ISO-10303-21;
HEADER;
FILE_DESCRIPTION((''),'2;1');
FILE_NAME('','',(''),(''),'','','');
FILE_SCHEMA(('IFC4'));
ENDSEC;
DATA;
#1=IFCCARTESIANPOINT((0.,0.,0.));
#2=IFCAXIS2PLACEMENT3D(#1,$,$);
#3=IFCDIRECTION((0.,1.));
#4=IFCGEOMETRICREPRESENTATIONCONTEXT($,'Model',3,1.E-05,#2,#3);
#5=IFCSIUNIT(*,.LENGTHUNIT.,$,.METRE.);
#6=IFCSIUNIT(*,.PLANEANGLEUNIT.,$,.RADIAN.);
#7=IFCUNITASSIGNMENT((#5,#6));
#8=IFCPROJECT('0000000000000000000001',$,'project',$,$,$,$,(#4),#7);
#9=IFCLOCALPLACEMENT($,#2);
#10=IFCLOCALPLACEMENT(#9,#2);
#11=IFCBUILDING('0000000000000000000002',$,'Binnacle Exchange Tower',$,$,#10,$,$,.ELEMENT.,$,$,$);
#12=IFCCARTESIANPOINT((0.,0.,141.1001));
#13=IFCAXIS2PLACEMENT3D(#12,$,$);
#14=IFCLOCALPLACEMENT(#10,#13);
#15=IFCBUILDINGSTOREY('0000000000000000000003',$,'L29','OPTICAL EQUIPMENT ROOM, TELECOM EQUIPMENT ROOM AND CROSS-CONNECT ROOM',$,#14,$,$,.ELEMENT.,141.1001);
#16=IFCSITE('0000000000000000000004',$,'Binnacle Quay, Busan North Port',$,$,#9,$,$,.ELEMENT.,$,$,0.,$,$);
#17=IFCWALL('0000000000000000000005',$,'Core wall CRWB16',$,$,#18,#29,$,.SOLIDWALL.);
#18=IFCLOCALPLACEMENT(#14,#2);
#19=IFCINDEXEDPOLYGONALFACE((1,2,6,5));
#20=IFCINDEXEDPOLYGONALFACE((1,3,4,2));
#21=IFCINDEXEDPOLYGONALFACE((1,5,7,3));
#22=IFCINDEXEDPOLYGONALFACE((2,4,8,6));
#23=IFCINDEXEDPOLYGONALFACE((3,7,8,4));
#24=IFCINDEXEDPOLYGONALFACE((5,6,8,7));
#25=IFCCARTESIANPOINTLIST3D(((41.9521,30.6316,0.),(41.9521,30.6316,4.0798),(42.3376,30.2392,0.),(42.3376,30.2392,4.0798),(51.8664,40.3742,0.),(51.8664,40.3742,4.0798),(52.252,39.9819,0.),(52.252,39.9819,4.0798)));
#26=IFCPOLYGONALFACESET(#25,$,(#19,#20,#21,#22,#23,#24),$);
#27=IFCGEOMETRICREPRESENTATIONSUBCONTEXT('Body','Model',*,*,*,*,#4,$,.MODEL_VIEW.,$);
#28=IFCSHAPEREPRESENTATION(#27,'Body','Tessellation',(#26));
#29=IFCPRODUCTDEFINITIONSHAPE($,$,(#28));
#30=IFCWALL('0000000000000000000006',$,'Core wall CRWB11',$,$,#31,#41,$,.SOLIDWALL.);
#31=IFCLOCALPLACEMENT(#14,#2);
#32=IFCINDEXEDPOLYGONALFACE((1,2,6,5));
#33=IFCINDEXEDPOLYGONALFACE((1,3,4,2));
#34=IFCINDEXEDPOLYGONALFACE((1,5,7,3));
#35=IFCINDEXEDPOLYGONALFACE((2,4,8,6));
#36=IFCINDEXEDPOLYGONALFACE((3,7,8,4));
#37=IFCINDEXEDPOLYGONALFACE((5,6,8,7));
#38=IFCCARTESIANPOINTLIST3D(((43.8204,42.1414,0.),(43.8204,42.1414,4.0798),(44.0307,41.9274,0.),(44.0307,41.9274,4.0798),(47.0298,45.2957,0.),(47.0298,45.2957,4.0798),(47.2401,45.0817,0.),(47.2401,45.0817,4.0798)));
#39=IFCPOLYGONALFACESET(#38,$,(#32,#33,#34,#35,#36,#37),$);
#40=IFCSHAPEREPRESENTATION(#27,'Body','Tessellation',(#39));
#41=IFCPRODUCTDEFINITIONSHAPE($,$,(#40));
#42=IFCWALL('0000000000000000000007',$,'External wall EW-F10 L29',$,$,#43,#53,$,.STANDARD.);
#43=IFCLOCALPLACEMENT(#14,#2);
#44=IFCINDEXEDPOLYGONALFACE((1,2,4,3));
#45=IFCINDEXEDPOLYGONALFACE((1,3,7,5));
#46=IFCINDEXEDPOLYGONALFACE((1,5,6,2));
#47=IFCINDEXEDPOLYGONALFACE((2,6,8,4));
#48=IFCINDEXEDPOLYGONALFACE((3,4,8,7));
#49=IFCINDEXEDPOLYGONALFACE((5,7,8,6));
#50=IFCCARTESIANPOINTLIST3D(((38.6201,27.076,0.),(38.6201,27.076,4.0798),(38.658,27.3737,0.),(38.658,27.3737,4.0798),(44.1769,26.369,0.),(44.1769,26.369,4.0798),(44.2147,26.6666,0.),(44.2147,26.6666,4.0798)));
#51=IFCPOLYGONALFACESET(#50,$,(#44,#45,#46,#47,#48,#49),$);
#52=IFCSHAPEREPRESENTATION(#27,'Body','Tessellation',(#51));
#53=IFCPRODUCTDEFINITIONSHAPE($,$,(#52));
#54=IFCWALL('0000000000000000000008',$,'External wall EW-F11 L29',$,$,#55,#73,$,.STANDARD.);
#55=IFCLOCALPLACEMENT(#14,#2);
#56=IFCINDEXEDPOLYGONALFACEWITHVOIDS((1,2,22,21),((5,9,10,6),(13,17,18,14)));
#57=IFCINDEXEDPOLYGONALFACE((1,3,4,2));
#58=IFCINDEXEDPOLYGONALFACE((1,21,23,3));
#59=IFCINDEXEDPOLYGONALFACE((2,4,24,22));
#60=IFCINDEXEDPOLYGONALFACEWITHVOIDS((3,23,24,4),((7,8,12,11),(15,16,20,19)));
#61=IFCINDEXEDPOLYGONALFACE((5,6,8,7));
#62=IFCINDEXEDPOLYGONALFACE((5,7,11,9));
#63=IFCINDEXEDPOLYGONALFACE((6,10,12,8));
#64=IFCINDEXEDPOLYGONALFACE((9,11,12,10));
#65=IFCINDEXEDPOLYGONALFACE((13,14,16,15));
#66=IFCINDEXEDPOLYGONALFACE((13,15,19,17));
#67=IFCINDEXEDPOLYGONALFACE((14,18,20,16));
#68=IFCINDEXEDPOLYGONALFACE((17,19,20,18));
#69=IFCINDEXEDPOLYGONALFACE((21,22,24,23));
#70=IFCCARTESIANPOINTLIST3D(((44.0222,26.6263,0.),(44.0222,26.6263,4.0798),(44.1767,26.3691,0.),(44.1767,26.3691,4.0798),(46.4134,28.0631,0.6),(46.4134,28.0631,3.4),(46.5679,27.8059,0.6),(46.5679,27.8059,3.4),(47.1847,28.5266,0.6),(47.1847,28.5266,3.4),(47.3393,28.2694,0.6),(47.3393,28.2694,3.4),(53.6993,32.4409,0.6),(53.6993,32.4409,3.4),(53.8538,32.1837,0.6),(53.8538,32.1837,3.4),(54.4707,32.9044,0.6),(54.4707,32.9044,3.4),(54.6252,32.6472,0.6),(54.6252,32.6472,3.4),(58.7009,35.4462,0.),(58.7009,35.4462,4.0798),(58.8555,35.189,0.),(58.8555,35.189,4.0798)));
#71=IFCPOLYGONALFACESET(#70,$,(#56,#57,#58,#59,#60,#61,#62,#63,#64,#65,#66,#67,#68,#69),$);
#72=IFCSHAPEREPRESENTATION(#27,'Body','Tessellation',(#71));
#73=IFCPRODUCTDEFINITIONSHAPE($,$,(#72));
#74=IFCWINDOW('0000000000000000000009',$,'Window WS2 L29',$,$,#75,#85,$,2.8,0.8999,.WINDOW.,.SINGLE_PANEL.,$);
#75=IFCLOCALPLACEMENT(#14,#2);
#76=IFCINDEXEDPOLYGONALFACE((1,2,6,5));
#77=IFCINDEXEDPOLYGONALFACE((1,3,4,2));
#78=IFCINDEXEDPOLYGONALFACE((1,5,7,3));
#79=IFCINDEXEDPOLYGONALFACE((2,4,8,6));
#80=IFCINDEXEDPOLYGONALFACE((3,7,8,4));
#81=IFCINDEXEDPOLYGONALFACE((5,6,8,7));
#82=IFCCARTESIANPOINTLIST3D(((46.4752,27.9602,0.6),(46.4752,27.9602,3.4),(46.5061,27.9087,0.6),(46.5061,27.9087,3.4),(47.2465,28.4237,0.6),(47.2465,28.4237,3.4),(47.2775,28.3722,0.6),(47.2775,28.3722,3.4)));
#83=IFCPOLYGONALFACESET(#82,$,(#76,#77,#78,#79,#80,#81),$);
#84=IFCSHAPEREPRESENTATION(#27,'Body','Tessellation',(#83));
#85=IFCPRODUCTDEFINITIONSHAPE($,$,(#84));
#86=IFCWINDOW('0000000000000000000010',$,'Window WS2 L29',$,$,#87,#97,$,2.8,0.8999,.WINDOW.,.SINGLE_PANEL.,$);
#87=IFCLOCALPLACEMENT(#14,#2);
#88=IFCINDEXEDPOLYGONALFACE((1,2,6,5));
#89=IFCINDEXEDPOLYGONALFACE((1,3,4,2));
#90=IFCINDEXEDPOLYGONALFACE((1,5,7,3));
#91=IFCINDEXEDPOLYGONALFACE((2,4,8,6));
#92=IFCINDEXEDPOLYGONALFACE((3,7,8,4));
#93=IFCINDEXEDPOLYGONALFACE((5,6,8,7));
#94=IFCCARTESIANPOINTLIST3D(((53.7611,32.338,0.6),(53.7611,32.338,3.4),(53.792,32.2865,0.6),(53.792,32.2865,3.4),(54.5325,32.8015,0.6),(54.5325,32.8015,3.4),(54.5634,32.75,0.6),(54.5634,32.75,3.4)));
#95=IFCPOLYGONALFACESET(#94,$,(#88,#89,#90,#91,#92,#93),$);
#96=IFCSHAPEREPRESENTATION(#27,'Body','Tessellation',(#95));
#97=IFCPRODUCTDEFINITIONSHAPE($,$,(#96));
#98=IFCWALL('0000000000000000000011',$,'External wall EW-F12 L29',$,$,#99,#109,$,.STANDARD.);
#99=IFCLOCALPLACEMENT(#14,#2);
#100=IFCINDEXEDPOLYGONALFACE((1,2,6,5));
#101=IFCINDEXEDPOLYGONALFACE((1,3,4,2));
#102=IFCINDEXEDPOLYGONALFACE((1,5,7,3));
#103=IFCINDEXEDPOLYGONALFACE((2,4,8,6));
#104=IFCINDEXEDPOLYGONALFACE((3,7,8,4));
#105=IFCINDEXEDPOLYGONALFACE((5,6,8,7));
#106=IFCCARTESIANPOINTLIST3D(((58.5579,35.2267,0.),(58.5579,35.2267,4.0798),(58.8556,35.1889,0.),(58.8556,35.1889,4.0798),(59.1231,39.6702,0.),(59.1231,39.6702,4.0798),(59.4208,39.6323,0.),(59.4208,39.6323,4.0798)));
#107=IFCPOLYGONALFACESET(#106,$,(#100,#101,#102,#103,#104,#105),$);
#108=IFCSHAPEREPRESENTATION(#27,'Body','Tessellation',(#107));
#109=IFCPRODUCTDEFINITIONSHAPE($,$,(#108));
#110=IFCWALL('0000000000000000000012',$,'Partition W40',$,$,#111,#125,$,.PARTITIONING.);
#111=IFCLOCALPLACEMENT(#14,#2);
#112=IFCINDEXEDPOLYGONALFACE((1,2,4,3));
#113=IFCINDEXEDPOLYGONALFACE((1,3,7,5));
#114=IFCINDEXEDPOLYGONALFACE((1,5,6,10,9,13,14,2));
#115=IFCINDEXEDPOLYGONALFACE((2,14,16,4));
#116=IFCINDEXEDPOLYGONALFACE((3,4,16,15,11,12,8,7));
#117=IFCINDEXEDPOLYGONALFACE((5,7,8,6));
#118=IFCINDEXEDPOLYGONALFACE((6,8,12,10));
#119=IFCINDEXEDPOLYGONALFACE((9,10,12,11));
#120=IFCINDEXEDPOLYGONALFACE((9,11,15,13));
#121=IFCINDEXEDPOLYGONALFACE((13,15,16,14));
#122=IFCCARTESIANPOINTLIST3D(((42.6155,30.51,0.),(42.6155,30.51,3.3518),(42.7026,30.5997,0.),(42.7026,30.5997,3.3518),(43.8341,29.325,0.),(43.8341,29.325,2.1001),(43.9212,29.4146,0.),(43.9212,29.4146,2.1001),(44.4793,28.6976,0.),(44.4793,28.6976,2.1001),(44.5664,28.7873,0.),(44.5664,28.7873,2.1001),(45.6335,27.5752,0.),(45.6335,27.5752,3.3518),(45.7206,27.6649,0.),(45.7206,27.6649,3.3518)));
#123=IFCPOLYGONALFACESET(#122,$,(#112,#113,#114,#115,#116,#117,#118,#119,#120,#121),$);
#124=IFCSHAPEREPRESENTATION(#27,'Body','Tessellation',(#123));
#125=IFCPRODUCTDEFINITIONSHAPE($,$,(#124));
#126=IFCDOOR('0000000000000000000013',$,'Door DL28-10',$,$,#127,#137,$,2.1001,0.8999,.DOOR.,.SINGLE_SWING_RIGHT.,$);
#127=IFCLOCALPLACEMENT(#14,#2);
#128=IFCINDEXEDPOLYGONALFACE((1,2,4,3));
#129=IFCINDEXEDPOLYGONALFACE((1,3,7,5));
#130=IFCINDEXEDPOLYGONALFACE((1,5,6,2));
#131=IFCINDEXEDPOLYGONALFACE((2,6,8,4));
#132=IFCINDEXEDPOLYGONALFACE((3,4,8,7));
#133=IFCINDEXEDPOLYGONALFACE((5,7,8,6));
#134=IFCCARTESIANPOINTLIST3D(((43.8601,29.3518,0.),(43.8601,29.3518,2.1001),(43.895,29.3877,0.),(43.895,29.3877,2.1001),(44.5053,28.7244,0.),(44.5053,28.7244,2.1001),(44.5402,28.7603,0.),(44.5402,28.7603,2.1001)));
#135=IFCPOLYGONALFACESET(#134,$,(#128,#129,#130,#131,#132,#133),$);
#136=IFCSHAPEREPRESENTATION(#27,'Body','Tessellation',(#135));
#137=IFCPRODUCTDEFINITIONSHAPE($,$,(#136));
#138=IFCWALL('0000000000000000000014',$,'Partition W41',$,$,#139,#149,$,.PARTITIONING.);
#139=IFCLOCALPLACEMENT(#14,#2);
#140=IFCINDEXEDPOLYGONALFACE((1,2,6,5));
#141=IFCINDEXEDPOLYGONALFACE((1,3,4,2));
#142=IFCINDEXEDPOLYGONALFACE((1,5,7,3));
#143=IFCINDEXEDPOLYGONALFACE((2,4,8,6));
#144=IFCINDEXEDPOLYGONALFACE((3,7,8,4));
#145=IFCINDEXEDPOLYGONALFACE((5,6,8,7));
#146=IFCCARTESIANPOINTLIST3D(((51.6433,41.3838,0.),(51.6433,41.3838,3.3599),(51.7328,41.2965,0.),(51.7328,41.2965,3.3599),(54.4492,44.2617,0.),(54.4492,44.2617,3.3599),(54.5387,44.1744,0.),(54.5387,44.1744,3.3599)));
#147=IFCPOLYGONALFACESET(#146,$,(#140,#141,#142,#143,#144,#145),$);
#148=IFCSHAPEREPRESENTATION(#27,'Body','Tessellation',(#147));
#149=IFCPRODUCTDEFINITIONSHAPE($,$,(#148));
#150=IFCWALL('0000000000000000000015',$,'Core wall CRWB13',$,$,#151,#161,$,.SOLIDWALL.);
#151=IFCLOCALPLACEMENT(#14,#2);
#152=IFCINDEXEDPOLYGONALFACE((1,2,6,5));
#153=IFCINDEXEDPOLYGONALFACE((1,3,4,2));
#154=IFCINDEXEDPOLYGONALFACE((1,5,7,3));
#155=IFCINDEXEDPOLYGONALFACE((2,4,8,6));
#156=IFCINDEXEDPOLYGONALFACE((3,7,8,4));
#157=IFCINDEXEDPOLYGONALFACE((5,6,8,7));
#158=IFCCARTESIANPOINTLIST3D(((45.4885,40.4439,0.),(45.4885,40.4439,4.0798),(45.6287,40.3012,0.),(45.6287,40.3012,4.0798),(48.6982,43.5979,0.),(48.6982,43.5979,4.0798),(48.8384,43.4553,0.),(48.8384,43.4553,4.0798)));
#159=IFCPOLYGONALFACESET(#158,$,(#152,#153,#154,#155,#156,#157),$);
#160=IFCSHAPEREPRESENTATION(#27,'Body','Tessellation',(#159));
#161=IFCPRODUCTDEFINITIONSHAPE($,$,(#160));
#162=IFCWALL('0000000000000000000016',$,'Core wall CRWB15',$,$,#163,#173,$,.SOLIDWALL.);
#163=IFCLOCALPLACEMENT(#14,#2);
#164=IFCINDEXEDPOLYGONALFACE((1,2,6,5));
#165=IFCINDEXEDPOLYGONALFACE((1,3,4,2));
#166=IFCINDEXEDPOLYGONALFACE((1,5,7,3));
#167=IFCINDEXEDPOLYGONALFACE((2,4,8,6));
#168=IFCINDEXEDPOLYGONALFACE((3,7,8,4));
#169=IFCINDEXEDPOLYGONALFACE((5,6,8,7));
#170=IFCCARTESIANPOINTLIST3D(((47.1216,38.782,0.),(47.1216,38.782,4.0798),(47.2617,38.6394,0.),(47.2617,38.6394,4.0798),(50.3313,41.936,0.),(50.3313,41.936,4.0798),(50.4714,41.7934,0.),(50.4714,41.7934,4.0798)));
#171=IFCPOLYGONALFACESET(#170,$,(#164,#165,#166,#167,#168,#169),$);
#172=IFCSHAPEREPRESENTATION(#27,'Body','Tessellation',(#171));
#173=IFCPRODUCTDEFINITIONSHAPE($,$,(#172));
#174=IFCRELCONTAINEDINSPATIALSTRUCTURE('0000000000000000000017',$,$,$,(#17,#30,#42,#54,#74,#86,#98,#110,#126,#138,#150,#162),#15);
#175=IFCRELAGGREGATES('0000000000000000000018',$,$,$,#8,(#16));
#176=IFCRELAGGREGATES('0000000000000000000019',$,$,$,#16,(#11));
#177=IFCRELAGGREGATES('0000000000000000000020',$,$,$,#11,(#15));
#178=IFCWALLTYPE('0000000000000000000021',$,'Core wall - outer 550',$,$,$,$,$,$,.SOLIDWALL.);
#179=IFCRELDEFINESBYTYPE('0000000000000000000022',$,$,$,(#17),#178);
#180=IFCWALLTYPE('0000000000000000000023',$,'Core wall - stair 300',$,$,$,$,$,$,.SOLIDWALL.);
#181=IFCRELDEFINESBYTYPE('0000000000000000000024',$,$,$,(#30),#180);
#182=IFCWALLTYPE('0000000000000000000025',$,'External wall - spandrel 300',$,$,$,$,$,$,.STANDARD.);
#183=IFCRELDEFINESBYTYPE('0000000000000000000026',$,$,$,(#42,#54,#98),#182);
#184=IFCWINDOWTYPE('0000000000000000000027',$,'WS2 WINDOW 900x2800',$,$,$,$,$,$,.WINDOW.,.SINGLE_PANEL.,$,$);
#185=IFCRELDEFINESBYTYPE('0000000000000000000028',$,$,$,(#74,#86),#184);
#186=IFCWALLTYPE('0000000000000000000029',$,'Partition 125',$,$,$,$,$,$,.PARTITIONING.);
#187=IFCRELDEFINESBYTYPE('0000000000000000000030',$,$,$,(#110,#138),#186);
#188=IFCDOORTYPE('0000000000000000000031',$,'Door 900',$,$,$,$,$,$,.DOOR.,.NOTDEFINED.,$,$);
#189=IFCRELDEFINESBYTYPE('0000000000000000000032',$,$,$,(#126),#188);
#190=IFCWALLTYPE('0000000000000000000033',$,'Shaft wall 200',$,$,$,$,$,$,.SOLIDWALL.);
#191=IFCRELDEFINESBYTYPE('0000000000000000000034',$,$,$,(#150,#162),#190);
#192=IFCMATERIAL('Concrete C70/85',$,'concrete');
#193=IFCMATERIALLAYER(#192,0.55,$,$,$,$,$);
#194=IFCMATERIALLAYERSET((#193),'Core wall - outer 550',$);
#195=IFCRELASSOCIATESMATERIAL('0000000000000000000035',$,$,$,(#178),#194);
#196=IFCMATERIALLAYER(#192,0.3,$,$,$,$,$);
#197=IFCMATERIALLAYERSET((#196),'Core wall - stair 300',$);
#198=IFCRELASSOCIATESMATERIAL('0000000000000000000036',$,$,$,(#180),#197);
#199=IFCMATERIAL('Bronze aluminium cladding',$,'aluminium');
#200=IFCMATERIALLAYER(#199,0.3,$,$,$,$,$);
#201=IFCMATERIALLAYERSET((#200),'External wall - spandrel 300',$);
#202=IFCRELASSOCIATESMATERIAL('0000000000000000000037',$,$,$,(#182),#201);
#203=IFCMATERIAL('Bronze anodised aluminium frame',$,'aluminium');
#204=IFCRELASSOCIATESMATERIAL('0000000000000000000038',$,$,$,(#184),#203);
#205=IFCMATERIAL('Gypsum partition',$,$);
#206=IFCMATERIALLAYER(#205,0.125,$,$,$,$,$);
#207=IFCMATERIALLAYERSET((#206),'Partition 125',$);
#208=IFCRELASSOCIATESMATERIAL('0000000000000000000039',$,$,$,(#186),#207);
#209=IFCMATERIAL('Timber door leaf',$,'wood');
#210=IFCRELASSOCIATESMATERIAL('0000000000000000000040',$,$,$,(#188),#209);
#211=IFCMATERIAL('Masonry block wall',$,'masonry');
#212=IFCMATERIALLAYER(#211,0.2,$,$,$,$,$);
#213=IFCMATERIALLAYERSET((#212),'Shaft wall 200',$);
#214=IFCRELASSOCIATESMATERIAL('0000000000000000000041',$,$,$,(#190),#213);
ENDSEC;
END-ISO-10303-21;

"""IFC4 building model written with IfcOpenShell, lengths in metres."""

from ifc_helpers import new_model, si_unit, direction, frame, frame_2d, origin, place, context, subcontext, project, spatial, rectangle, extrude, material, layer, layer_set, type_object, element, fill, save


model = new_model("IFC4")

# Units and contexts
model_context = context("Model", 3, precision=1e-05, world=origin(), true_north=direction((0.0, 1.0)))
body_context = subcontext(model_context, "Body", "Model", "MODEL_VIEW")
ifc_project = project(units=[si_unit("LENGTHUNIT", "METRE"), si_unit("PLANEANGLEUNIT", "RADIAN")], contexts=[model_context])

# Site, building, storey
site_placement = place(None, origin())
site = spatial("IfcSite", under=ifc_project, at=site_placement, Name="Binnacle Quay, Busan North Port", CompositionType="ELEMENT", RefElevation=0.0)
building_placement = place(site_placement, origin())
building = spatial("IfcBuilding", under=site, at=building_placement, Name="Binnacle Exchange Tower", CompositionType="ELEMENT")
storey_placement = place(building_placement, frame((0.0, 0.0, 141.1001)))
storey = spatial("IfcBuildingStorey", under=building, at=storey_placement, Name="L29", Description="OPTICAL EQUIPMENT ROOM, TELECOM EQUIPMENT ROOM AND CROSS-CONNECT ROOM", CompositionType="ELEMENT", Elevation=141.1001)

# Shared definitions
ifc_material_1 = material(Name="Concrete C70/85", Category="concrete")

# Walls
ifc_layer_1 = layer(ifc_material_1, 0.55)
ifc_layer_set_1 = layer_set([ifc_layer_1], Name="Core wall - outer 550")
wall_type_1 = type_object("IfcWallType", Name="Core wall - outer 550", PredefinedType="SOLIDWALL", material=ifc_layer_set_1)
wall_1_placement = place(storey_placement, frame((42.1448, 30.4353, 0.0), z_axis=(0.0, 0.0, 1.0), x_axis=(0.713254, 0.700906, 0.0)))
element("IfcWall", 1, at=wall_1_placement, inside=storey, type_object=wall_type_1, Name="Core wall CRWB16", PredefinedType="SOLIDWALL", context=body_context, shape_type="SweptSolid", body=[
    extrude(rectangle(XDim=13.9001, YDim=0.55, at=frame_2d((6.9502, 0.0))), origin(), (0.0, 0.0, 1.0), 4.0798),
])
ifc_layer_2 = layer(ifc_material_1, 0.3)
ifc_layer_set_2 = layer_set([ifc_layer_2], Name="Core wall - stair 300")
wall_type_2 = type_object("IfcWallType", Name="Core wall - stair 300", PredefinedType="SOLIDWALL", material=ifc_layer_set_2)
wall_2_placement = place(storey_placement, frame((43.9255, 42.0344, 0.0), z_axis=(0.0, 0.0, 1.0), x_axis=(0.713211, 0.70095, 0.0)))
element("IfcWall", 2, at=wall_2_placement, inside=storey, type_object=wall_type_2, Name="Core wall CRWB11", PredefinedType="SOLIDWALL", context=body_context, shape_type="SweptSolid", body=[
    extrude(rectangle(XDim=4.5, YDim=0.3, at=frame_2d((2.25, 0.0))), origin(), (0.0, 0.0, 1.0), 4.0798),
])
ifc_material_2 = material(Name="Bronze aluminium cladding", Category="aluminium")
ifc_layer_3 = layer(ifc_material_2, 0.3)
ifc_layer_set_3 = layer_set([ifc_layer_3], Name="External wall - spandrel 300")
wall_type_3 = type_object("IfcWallType", Name="External wall - spandrel 300", PredefinedType="STANDARD", material=ifc_layer_set_3)
wall_3_placement = place(storey_placement, frame((44.1958, 26.5178, 0.0), z_axis=(0.0, 0.0, 1.0), x_axis=(-0.992002, 0.126223, 0.0)))
element("IfcWall", 3, at=wall_3_placement, inside=storey, type_object=wall_type_3, Name="External wall EW-F10 L29", PredefinedType="STANDARD", context=body_context, shape_type="SweptSolid", body=[
    extrude(rectangle(XDim=5.6016, YDim=0.3, at=frame_2d((2.8008, 0.0))), origin(), (0.0, 0.0, 1.0), 4.0798),
])

# Wall, openings, windows
wall_4_placement = place(storey_placement, frame((58.7783, 35.3176, 0.0), z_axis=(0.0, 0.0, 1.0), x_axis=(-0.857168, -0.515037, 0.0)))
wall_4 = element("IfcWall", 4, at=wall_4_placement, inside=storey, type_object=wall_type_3, Name="External wall EW-F11 L29", PredefinedType="STANDARD", context=body_context, shape_type="SweptSolid", body=[
    extrude(rectangle(XDim=17.1248, YDim=0.3, at=frame_2d((8.5625, 0.0))), origin(), (0.0, 0.0, 1.0), 4.0798),
])
opening_1_placement = place(wall_4_placement, frame((13.4353, 0.0, 0.6001)))
opening_1 = element("IfcOpeningElement", 5, at=opening_1_placement, cuts=wall_4, PredefinedType="OPENING", context=body_context, shape_type="SweptSolid", body=[
    extrude(rectangle(XDim=0.8999, YDim=2.8, at=frame_2d((0.45, 1.3999))), frame((0.0, 0.1599, 0.0), z_axis=(0.0, -1.0, 0.0), x_axis=(1.0, 0.0, 0.0)), (0.0, 0.0, 1.0), 0.3201),
])
opening_2_placement = place(wall_4_placement, frame((4.9353, 0.0, 0.6001)))
opening_2 = element("IfcOpeningElement", 6, at=opening_2_placement, cuts=wall_4, PredefinedType="OPENING", context=body_context, shape_type="SweptSolid", body=[
    extrude(rectangle(XDim=0.8999, YDim=2.8, at=frame_2d((0.45, 1.3999))), frame((0.0, 0.1599, 0.0), z_axis=(0.0, -1.0, 0.0), x_axis=(1.0, 0.0, 0.0)), (0.0, 0.0, 1.0), 0.3201),
])
ifc_material_3 = material(Name="Bronze anodised aluminium frame", Category="aluminium")
window_type = type_object("IfcWindowType", Name="WS2 WINDOW 900x2800", PartitioningType="SINGLE_PANEL", PredefinedType="WINDOW", material=ifc_material_3)
window_1_placement = place(opening_1_placement, origin())
window_1 = element("IfcWindow", 7, at=window_1_placement, inside=storey, type_object=window_type, Name="Window WS2 L29", OverallHeight=2.8, OverallWidth=0.8999, PartitioningType="SINGLE_PANEL", PredefinedType="WINDOW", context=body_context, shape_type="SweptSolid", body=[
    extrude(rectangle(XDim=0.8999, YDim=2.8, at=frame_2d((0.45, 1.3999))), frame((0.0, 0.03, 0.0), z_axis=(0.0, -1.0, 0.0), x_axis=(1.0, 0.0, 0.0)), (0.0, 0.0, 1.0), 0.0601),
])
fill(opening_1, window_1)
window_2_placement = place(opening_2_placement, origin())
window_2 = element("IfcWindow", 8, at=window_2_placement, inside=storey, type_object=window_type, Name="Window WS2 L29", OverallHeight=2.8, OverallWidth=0.8999, PartitioningType="SINGLE_PANEL", PredefinedType="WINDOW", context=body_context, shape_type="SweptSolid", body=[
    extrude(rectangle(XDim=0.8999, YDim=2.8, at=frame_2d((0.45, 1.3999))), frame((0.0, 0.03, 0.0), z_axis=(0.0, -1.0, 0.0), x_axis=(1.0, 0.0, 0.0)), (0.0, 0.0, 1.0), 0.0601),
])
fill(opening_2, window_2)

# Wall
wall_5_placement = place(storey_placement, frame((59.272, 39.6514, 0.0), z_axis=(0.0, 0.0, 1.0), x_axis=(-0.126181, -0.992007, 0.0)))
element("IfcWall", 9, at=wall_5_placement, inside=storey, type_object=wall_type_3, Name="External wall EW-F12 L29", PredefinedType="STANDARD", context=body_context, shape_type="SweptSolid", body=[
    extrude(rectangle(XDim=4.4792, YDim=0.3, at=frame_2d((2.2397, 0.0))), origin(), (0.0, 0.0, 1.0), 4.0798),
])

# Wall, opening, door
ifc_material_4 = material(Name="Gypsum partition")
ifc_layer_4 = layer(ifc_material_4, 0.125)
ifc_layer_set_4 = layer_set([ifc_layer_4], Name="Partition 125")
wall_type_4 = type_object("IfcWallType", Name="Partition 125", PredefinedType="PARTITIONING", material=ifc_layer_set_4)
wall_6_placement = place(storey_placement, frame((42.6589, 30.5549, 0.0), z_axis=(0.0, 0.0, 1.0), x_axis=(0.716926, -0.69715, 0.0)))
wall_6 = element("IfcWall", 10, at=wall_6_placement, inside=storey, type_object=wall_type_4, Name="Partition W40", PredefinedType="PARTITIONING", context=body_context, shape_type="SweptSolid", body=[
    extrude(rectangle(XDim=4.2097, YDim=0.125, at=frame_2d((2.105, 0.0))), origin(), (0.0, 0.0, 1.0), 3.3518),
])
opening_3_placement = place(wall_6_placement, frame((1.7, 0.0, 0.0)))
opening_3 = element("IfcOpeningElement", 11, at=opening_3_placement, cuts=wall_6, PredefinedType="OPENING", context=body_context, shape_type="SweptSolid", body=[
    extrude(rectangle(XDim=0.8999, YDim=2.1001, at=frame_2d((0.45, 1.05))), frame((0.0, 0.0725, 0.0), z_axis=(0.0, -1.0, 0.0), x_axis=(1.0, 0.0, 0.0)), (0.0, 0.0, 1.0), 0.145),
])
ifc_material_5 = material(Name="Timber door leaf", Category="wood")
door_type_1 = type_object("IfcDoorType", Name="Door 900", OperationType="NOTDEFINED", PredefinedType="DOOR", material=ifc_material_5)
door_1_placement = place(opening_3_placement, origin())
door_1 = element("IfcDoor", 12, at=door_1_placement, inside=storey, type_object=door_type_1, Name="Door DL28-10", OperationType="SINGLE_SWING_RIGHT", OverallHeight=2.1001, OverallWidth=0.8999, PredefinedType="DOOR", context=body_context, shape_type="SweptSolid", body=[
    extrude(rectangle(XDim=0.8999, YDim=2.1001, at=frame_2d((0.45, 1.05))), frame((0.0, 0.0249, 0.0), z_axis=(0.0, -1.0, 0.0), x_axis=(1.0, 0.0, 0.0)), (0.0, 0.0, 1.0), 0.05),
])
fill(opening_3, door_1)

# Walls
wall_7_placement = place(storey_placement, frame((51.688, 41.3401, 0.0), z_axis=(0.0, 0.0, 1.0), x_axis=(0.698091, 0.716009, 0.0)))
element("IfcWall", 13, at=wall_7_placement, inside=storey, type_object=wall_type_4, Name="Partition W41", PredefinedType="PARTITIONING", context=body_context, shape_type="SweptSolid", body=[
    extrude(rectangle(XDim=4.0193, YDim=0.125, at=frame_2d((2.0098, 0.0))), origin(), (0.0, 0.0, 1.0), 3.3599),
])
ifc_material_6 = material(Name="Masonry block wall", Category="masonry")
ifc_layer_5 = layer(ifc_material_6, 0.2)
ifc_layer_set_5 = layer_set([ifc_layer_5], Name="Shaft wall 200")
wall_type_5 = type_object("IfcWallType", Name="Shaft wall 200", PredefinedType="SOLIDWALL", material=ifc_layer_set_5)
for number, where, z_axis, x_axis, name in (
    (14, (45.5586, 40.3726, 0.0), (0.0, 0.0, 1.0), (0.713265, 0.700895, 0.0), "Core wall CRWB13"),
    (15, (47.1917, 38.7107, 0.0), (0.0, 0.0, 1.0), (0.713265, 0.700895, 0.0), "Core wall CRWB15"),
):
    element("IfcWall", number, at=place(storey_placement, frame(where, z_axis=z_axis, x_axis=x_axis)), inside=storey, type_object=wall_type_5, Name=name, PredefinedType="SOLIDWALL", context=body_context, shape_type="SweptSolid", body=[
        extrude(rectangle(XDim=4.5, YDim=0.2, at=frame_2d((2.25, 0.0))), origin(), (0.0, 0.0, 1.0), 4.0798),
    ])

save(model, "model.ifc")
